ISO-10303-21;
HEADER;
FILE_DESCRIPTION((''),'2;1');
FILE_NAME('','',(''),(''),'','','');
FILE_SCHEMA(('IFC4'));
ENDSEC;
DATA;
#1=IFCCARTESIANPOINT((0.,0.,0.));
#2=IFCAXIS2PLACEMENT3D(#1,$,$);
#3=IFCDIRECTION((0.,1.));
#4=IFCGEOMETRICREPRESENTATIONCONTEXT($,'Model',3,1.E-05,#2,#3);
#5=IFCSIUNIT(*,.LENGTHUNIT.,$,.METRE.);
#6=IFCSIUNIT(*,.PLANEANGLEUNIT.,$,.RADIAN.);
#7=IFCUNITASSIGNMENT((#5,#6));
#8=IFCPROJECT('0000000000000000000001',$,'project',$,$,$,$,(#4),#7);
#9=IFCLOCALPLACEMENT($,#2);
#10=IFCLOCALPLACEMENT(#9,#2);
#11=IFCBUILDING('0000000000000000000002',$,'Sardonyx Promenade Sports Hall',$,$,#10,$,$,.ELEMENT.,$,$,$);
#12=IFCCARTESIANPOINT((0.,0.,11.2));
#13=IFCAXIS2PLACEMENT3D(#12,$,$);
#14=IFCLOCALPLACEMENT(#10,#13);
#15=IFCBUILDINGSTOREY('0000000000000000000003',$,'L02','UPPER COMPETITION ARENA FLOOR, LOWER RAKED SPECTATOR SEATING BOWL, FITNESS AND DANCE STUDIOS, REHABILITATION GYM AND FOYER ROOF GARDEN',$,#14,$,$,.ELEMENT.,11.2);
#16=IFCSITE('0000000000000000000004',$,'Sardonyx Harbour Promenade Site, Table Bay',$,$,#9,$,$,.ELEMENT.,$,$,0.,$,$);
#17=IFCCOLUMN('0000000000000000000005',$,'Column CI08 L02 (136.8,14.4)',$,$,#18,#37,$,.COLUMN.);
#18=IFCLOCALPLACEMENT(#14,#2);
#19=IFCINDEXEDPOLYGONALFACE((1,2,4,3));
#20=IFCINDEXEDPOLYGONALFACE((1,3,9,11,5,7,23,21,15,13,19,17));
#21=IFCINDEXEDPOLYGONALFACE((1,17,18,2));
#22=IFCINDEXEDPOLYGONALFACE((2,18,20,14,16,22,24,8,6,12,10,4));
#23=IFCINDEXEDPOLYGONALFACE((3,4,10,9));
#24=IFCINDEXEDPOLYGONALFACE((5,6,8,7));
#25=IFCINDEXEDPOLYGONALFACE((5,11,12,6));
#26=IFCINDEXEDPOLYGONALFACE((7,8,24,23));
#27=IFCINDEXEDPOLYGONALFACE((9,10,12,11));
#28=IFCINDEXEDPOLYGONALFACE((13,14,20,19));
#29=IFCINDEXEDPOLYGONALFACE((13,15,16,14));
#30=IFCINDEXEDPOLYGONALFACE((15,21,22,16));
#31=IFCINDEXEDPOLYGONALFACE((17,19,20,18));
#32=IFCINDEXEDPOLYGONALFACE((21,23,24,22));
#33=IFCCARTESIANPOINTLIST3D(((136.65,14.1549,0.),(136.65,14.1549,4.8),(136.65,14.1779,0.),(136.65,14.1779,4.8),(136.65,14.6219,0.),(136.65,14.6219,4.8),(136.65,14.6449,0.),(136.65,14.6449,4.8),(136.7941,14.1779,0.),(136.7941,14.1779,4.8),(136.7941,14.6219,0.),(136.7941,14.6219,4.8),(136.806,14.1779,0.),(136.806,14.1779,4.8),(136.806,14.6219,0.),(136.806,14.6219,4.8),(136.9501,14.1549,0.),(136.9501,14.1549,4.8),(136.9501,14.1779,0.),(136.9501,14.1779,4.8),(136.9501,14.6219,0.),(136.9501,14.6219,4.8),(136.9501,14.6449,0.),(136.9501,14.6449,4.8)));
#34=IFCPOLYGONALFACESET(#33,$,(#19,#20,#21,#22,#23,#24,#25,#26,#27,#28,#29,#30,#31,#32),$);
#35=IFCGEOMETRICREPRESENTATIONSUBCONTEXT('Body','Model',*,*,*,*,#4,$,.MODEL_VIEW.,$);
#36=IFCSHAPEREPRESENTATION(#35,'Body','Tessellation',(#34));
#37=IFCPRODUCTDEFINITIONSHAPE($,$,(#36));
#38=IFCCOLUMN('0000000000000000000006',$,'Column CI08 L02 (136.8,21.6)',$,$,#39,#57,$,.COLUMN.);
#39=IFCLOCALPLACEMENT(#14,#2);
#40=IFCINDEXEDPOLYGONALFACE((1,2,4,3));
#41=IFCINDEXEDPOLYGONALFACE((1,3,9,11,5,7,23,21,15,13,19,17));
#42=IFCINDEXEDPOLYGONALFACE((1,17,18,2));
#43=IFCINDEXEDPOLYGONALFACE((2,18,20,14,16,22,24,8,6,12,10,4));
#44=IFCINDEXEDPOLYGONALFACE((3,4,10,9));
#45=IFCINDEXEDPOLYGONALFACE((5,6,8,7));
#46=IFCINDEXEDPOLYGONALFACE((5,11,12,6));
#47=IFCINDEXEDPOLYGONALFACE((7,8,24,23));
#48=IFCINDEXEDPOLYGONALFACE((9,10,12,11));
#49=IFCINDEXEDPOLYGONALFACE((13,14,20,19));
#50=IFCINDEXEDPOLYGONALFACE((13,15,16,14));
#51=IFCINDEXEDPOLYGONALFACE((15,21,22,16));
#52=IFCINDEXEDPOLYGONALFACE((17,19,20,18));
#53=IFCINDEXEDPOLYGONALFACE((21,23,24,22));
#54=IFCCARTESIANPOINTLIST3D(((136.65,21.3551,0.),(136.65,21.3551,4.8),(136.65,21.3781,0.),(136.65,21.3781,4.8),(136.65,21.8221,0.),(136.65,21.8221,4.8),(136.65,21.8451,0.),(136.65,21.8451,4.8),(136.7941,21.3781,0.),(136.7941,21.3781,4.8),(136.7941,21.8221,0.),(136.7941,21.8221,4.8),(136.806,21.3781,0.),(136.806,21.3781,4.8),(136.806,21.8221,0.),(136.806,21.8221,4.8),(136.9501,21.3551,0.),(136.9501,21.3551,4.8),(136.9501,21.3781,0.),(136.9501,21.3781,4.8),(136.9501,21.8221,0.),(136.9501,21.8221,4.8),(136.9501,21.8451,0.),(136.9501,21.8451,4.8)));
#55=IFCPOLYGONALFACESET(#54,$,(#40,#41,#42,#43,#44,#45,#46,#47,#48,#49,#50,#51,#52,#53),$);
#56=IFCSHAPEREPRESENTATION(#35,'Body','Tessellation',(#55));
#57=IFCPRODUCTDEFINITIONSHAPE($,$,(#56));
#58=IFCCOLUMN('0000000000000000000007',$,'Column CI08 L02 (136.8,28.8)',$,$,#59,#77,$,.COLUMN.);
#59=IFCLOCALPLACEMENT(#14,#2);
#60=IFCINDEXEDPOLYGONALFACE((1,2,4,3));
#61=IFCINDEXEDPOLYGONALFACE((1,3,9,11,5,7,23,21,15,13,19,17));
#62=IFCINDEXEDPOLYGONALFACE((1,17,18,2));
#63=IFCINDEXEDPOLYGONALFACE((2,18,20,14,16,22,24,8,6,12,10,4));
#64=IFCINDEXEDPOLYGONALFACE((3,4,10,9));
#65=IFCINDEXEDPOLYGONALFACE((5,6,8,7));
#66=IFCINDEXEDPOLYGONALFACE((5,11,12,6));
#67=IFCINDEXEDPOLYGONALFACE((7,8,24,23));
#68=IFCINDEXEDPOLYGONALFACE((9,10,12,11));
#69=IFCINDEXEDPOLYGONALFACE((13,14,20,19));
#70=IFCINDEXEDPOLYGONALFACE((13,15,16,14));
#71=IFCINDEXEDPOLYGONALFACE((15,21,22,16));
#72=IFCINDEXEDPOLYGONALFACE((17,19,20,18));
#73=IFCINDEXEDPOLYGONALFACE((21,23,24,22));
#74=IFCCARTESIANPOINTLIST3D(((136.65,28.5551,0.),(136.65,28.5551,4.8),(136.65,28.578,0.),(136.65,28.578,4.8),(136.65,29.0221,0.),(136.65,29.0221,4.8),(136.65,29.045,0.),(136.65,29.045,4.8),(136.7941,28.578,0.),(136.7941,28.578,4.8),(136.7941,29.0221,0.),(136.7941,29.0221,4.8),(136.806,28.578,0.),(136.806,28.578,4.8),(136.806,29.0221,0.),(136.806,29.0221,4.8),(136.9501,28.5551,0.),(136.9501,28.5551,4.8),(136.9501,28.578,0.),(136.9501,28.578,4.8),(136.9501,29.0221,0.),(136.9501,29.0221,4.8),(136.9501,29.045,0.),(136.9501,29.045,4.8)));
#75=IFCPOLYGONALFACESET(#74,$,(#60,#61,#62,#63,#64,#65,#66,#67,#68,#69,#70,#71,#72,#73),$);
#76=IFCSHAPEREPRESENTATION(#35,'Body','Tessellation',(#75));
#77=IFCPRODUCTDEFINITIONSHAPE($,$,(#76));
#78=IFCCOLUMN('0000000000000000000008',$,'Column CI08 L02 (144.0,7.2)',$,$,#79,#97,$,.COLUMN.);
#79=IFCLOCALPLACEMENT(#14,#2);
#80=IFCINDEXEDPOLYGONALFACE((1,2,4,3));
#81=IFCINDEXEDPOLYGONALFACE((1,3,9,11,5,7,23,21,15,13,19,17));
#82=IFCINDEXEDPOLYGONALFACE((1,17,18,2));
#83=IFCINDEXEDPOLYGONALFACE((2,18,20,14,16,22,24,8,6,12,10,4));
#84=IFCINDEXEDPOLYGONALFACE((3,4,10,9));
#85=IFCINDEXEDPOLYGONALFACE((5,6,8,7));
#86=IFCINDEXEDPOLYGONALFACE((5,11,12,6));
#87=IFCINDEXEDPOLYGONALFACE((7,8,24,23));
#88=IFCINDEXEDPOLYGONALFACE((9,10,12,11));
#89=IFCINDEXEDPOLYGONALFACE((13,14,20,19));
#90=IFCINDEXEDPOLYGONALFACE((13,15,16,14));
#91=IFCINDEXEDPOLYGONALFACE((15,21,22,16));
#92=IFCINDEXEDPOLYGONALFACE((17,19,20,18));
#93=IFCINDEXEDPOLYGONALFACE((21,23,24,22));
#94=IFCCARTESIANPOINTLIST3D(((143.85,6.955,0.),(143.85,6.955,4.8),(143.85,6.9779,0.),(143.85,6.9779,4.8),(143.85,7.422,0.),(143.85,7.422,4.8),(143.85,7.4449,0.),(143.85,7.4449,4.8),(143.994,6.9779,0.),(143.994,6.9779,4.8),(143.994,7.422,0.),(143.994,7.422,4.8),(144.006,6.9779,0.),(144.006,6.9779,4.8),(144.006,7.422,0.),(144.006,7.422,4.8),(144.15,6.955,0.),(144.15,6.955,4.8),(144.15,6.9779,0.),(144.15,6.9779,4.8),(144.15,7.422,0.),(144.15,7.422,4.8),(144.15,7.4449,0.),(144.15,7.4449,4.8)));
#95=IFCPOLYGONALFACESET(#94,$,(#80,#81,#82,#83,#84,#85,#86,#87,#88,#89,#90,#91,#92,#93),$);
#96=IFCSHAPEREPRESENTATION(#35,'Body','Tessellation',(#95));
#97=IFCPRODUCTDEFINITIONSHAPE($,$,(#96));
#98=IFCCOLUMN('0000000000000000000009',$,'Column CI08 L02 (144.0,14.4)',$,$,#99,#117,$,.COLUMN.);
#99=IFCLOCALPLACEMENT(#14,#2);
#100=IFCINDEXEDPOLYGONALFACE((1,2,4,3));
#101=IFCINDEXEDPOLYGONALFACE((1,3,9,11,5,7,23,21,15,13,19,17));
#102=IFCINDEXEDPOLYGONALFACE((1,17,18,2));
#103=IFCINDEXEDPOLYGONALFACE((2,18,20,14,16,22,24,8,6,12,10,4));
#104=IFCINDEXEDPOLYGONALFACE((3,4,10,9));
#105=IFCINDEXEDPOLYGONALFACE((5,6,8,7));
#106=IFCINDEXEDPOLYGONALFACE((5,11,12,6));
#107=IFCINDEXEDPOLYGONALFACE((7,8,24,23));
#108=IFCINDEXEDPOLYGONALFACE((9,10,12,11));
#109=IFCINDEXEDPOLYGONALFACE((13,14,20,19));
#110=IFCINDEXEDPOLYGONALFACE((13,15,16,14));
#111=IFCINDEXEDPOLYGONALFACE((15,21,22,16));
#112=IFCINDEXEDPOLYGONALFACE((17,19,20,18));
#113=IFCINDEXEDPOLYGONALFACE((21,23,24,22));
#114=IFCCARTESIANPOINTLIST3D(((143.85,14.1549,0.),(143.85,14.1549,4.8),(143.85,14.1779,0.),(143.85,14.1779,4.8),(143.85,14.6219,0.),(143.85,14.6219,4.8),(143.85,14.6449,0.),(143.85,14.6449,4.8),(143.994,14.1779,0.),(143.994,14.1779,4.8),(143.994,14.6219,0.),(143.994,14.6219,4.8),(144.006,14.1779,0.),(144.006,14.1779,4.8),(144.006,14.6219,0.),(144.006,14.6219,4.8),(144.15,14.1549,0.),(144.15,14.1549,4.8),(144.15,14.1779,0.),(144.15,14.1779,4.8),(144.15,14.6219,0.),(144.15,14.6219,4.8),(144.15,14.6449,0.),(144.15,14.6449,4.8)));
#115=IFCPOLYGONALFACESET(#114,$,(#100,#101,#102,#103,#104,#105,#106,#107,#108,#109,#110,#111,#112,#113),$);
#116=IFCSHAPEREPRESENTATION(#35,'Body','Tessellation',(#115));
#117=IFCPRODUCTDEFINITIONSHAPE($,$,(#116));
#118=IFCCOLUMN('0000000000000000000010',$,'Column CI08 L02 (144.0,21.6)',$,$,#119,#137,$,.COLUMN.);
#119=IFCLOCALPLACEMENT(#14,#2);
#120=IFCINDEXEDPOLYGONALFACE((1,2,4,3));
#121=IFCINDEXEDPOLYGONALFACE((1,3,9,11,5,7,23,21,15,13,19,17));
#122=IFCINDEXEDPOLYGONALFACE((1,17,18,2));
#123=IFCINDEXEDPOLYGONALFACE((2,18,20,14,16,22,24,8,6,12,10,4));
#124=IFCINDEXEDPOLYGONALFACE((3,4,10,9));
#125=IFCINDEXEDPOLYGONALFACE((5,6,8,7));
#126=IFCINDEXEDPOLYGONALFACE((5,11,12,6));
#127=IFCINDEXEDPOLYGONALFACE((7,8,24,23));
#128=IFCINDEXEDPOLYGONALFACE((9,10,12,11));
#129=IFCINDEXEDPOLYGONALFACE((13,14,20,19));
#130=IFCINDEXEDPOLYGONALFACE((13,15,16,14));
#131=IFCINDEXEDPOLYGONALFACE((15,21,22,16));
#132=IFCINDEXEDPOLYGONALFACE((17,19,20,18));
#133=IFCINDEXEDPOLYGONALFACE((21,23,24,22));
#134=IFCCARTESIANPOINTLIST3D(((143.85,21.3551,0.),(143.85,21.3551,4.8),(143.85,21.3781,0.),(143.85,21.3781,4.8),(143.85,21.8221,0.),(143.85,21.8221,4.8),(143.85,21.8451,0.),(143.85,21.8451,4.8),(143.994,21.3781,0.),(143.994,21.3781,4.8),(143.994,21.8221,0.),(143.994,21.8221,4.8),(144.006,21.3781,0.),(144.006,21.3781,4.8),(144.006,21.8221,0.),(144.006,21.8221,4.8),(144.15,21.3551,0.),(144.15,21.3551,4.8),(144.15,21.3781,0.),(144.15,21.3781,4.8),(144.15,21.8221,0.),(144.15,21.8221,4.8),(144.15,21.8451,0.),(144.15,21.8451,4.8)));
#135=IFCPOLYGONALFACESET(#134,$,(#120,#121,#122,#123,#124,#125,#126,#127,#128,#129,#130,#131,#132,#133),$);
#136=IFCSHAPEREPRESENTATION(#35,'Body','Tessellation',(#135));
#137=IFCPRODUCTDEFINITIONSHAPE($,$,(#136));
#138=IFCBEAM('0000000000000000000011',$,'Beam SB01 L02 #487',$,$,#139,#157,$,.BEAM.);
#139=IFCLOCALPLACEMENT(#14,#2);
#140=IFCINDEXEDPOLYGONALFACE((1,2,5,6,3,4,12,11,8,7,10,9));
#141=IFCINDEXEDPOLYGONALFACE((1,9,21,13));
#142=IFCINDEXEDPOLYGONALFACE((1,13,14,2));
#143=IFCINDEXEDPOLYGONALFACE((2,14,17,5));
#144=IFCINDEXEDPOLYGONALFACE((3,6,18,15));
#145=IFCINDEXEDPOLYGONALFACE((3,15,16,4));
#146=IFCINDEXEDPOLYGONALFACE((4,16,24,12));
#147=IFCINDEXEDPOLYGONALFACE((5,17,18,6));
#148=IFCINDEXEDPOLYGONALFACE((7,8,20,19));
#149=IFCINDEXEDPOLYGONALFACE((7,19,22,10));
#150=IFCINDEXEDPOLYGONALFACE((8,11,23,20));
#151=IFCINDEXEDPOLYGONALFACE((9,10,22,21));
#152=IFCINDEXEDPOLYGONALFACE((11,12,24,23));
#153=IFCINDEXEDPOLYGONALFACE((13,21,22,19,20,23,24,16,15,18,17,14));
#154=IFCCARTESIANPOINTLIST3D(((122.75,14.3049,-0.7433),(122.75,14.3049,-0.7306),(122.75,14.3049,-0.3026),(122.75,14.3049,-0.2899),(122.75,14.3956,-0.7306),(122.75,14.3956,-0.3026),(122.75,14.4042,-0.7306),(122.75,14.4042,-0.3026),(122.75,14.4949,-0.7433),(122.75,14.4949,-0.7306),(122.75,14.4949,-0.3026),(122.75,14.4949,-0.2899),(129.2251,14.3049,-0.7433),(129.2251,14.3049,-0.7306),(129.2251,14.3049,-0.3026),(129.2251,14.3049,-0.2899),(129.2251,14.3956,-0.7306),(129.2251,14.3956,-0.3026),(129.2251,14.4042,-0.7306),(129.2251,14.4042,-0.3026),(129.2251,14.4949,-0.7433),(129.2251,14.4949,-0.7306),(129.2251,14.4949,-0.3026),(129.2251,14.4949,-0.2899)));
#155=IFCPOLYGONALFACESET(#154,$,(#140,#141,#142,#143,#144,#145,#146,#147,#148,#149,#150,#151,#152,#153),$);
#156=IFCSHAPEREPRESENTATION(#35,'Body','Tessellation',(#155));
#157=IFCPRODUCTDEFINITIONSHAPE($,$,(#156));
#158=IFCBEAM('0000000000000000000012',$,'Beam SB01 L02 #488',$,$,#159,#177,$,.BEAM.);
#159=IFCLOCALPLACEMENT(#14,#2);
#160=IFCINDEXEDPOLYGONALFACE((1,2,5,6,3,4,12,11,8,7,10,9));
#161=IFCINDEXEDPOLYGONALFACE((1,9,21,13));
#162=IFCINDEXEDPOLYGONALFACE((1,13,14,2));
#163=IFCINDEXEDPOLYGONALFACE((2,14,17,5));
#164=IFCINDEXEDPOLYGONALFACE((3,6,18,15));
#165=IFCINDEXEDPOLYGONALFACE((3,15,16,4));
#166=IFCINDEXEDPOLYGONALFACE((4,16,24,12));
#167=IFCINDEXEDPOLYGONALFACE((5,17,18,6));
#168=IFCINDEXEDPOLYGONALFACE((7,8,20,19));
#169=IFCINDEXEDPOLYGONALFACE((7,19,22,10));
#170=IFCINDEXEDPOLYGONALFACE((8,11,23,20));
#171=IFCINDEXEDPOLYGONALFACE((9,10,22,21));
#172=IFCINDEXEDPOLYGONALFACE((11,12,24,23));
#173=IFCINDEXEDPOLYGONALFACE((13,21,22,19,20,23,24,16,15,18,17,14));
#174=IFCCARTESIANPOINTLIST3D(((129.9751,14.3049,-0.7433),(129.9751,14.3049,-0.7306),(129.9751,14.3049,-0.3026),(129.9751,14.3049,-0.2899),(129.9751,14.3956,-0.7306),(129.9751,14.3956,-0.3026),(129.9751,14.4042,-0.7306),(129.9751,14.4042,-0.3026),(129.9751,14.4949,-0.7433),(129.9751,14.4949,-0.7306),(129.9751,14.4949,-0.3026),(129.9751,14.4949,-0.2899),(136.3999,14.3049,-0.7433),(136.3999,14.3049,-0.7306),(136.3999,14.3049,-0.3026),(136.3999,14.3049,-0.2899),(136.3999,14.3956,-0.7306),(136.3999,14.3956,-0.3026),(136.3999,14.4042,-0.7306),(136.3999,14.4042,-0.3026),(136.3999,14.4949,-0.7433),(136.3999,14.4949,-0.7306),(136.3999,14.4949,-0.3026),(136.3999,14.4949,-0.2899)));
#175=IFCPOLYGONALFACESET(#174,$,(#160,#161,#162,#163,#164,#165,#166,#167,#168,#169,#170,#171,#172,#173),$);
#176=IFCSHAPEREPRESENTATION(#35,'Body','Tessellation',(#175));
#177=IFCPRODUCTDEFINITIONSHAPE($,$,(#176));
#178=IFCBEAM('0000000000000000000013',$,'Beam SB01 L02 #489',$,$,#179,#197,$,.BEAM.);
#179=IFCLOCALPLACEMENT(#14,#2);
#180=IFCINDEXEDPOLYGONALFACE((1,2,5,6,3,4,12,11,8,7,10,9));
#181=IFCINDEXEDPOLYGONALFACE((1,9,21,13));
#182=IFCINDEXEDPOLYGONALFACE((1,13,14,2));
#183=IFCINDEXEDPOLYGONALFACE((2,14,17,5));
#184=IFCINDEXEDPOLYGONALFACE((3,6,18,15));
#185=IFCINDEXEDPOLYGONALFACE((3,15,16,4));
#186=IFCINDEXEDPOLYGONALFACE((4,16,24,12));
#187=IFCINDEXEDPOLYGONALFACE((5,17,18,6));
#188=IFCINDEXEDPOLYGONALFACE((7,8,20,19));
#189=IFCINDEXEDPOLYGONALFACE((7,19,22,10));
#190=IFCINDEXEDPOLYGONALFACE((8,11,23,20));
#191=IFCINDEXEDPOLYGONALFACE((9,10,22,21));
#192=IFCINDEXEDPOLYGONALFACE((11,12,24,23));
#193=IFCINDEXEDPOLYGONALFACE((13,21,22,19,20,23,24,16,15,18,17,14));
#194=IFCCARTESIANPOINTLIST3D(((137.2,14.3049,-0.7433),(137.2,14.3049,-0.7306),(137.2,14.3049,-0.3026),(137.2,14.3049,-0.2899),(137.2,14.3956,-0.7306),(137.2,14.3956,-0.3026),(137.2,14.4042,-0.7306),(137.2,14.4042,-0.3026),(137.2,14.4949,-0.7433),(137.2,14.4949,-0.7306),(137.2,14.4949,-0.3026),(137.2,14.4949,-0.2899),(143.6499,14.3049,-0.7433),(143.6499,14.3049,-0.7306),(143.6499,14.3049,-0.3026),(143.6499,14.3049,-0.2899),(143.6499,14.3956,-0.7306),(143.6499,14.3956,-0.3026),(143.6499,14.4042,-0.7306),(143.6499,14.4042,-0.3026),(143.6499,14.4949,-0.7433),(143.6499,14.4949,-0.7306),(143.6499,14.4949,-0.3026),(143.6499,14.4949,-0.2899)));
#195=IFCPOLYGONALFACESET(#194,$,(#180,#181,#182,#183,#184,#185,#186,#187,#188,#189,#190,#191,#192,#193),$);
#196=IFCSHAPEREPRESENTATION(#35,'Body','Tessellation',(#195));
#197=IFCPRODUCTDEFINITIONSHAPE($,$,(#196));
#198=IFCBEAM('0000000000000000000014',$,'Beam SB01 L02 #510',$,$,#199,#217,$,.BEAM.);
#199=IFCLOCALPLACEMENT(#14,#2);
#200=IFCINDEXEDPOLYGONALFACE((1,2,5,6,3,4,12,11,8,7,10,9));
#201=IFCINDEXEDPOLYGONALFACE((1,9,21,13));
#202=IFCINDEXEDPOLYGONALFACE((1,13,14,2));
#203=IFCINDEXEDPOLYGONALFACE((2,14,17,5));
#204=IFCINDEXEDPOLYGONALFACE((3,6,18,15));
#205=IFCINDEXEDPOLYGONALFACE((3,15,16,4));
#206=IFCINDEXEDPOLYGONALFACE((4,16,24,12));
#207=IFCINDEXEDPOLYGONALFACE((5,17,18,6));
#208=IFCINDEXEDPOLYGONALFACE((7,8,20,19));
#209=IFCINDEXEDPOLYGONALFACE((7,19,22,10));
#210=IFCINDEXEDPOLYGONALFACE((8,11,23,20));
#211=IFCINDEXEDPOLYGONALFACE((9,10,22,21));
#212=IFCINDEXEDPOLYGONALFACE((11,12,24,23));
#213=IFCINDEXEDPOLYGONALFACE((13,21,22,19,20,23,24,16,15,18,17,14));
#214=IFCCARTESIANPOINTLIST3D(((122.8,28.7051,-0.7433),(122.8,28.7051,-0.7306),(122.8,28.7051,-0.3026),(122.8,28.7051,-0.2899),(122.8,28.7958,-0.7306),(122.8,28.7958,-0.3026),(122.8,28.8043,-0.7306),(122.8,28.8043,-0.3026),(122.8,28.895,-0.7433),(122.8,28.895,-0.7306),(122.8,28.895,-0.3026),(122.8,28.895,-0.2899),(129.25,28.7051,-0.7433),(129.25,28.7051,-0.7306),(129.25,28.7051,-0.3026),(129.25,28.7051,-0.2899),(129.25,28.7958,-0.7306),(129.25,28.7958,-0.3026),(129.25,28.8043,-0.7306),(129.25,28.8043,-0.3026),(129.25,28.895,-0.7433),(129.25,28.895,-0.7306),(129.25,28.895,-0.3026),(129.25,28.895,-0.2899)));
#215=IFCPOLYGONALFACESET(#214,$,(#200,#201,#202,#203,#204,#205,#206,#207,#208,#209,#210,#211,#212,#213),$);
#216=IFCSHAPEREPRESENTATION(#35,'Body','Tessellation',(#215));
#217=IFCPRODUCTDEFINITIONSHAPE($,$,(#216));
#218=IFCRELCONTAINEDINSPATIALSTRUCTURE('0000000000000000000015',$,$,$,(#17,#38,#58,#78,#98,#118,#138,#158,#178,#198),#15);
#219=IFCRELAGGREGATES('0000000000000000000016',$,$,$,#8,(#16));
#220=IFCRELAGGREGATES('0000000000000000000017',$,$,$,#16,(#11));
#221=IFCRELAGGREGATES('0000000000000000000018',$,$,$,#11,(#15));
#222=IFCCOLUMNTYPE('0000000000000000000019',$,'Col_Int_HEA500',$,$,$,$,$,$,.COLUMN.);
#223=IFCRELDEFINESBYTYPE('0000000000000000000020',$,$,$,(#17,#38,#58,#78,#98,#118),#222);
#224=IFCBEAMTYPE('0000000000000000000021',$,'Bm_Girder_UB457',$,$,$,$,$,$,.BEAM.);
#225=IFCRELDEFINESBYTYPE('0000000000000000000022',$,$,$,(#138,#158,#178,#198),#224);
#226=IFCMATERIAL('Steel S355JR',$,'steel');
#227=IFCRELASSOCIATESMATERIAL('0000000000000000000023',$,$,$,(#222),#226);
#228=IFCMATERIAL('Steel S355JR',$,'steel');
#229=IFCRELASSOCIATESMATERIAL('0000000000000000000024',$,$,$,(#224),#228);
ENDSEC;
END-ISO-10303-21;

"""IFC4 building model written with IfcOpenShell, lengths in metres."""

from ifc_helpers import new_model, si_unit, direction, frame, origin, origin_2d, place, context, subcontext, project, spatial, i_section, extrude, material, material_profile, profile_set, type_object, element, save


model = new_model("IFC4")

# Units and contexts
model_context = context("Model", 3, precision=1e-05, world=origin(), true_north=direction((0.0, 1.0)))
body_context = subcontext(model_context, "Body", "Model", "MODEL_VIEW")
ifc_project = project(units=[si_unit("LENGTHUNIT", "METRE"), si_unit("PLANEANGLEUNIT", "RADIAN")], contexts=[model_context])

# Site, building, storey
site_placement = place(None, origin())
site = spatial("IfcSite", under=ifc_project, at=site_placement, Name="Sardonyx Harbour Promenade Site, Table Bay", CompositionType="ELEMENT", RefElevation=0.0)
building_placement = place(site_placement, origin())
building = spatial("IfcBuilding", under=site, at=building_placement, Name="Sardonyx Promenade Sports Hall", CompositionType="ELEMENT")
storey_placement = place(building_placement, frame((0.0, 0.0, 11.2)))
storey = spatial("IfcBuildingStorey", under=building, at=storey_placement, Name="L02", Description="UPPER COMPETITION ARENA FLOOR, LOWER RAKED SPECTATOR SEATING BOWL, FITNESS AND DANCE STUDIOS, REHABILITATION GYM AND FOYER ROOF GARDEN", CompositionType="ELEMENT", Elevation=11.2)

# Columns
ifc_material_1 = material(Name="Steel S355JR", Category="steel")
ifc_material_profile_1 = material_profile(ifc_material_1, i_section(OverallWidth=0.3, OverallDepth=0.49, WebThickness=0.012, FlangeThickness=0.0229, at=origin_2d()))
ifc_profile_set_1 = profile_set([ifc_material_profile_1], Name="Steel S355JR")
column_type_1 = type_object("IfcColumnType", Name="Col_Int_HEA500", PredefinedType="COLUMN", material=ifc_profile_set_1)
for number, where, z_axis, x_axis, name in (
    (1, (136.8, 14.3999, 0.0), (0.0, 0.0, 1.0), (1.0, 0.0, 0.0), "Column CI08 L02 (136.8,14.4)"),
    (2, (136.8, 21.6001, 0.0), (0.0, 0.0, 1.0), (1.0, 0.0, 0.0), "Column CI08 L02 (136.8,21.6)"),
    (3, (136.8, 28.8, 0.0), (0.0, 0.0, 1.0), (1.0, 0.0, 0.0), "Column CI08 L02 (136.8,28.8)"),
    (4, (144.0, 7.2, 0.0), (0.0, 0.0, 1.0), (1.0, 0.0, 0.0), "Column CI08 L02 (144.0,7.2)"),
    (5, (144.0, 14.3999, 0.0), (0.0, 0.0, 1.0), (1.0, 0.0, 0.0), "Column CI08 L02 (144.0,14.4)"),
    (6, (144.0, 21.6001, 0.0), (0.0, 0.0, 1.0), (1.0, 0.0, 0.0), "Column CI08 L02 (144.0,21.6)"),
):
    element("IfcColumn", number, at=place(storey_placement, frame(where, z_axis=z_axis, x_axis=x_axis)), inside=storey, type_object=column_type_1, Name=name, PredefinedType="COLUMN", context=body_context, shape_type="SweptSolid", body=[
        extrude(i_section(OverallWidth=0.3, OverallDepth=0.49, WebThickness=0.012, FlangeThickness=0.0229, at=origin_2d()), origin(), (0.0, 0.0, 1.0), 4.8),
    ])

# Beams
ifc_material_2 = material(Name="Steel S355JR", Category="steel")
ifc_material_profile_2 = material_profile(ifc_material_2, i_section(OverallWidth=0.1899, OverallDepth=0.4534, WebThickness=0.0085, FlangeThickness=0.0127, at=origin_2d()))
ifc_profile_set_2 = profile_set([ifc_material_profile_2], Name="Steel S355JR")
beam_type_1 = type_object("IfcBeamType", Name="Bm_Girder_UB457", PredefinedType="BEAM", material=ifc_profile_set_2)
beam_1_placement = place(storey_placement, frame((122.75, 14.3999, -0.5166), z_axis=(1.0, 0.0, 0.0), x_axis=(0.0, 1.0, 0.0)))
element("IfcBeam", 7, at=beam_1_placement, inside=storey, type_object=beam_type_1, Name="Beam SB01 L02 #487", PredefinedType="BEAM", context=body_context, shape_type="SweptSolid", body=[
    extrude(i_section(OverallWidth=0.1899, OverallDepth=0.4534, WebThickness=0.0085, FlangeThickness=0.0127, at=origin_2d()), origin(), (0.0, 0.0, 1.0), 6.4751),
])
beam_2_placement = place(storey_placement, frame((129.9751, 14.3999, -0.5166), z_axis=(1.0, 0.0, 0.0), x_axis=(0.0, 1.0, 0.0)))
element("IfcBeam", 8, at=beam_2_placement, inside=storey, type_object=beam_type_1, Name="Beam SB01 L02 #488", PredefinedType="BEAM", context=body_context, shape_type="SweptSolid", body=[
    extrude(i_section(OverallWidth=0.1899, OverallDepth=0.4534, WebThickness=0.0085, FlangeThickness=0.0127, at=origin_2d()), origin(), (0.0, 0.0, 1.0), 6.4248),
])
for number, where, z_axis, x_axis, name in (
    (9, (137.2, 14.3999, -0.5166), (1.0, 0.0, 0.0), (0.0, 1.0, 0.0), "Beam SB01 L02 #489"),
    (10, (122.8, 28.8, -0.5166), (1.0, 0.0, 0.0), (0.0, 1.0, 0.0), "Beam SB01 L02 #510"),
):
    element("IfcBeam", number, at=place(storey_placement, frame(where, z_axis=z_axis, x_axis=x_axis)), inside=storey, type_object=beam_type_1, Name=name, PredefinedType="BEAM", context=body_context, shape_type="SweptSolid", body=[
        extrude(i_section(OverallWidth=0.1899, OverallDepth=0.4534, WebThickness=0.0085, FlangeThickness=0.0127, at=origin_2d()), origin(), (0.0, 0.0, 1.0), 6.45),
    ])

save(model, "model.ifc")
